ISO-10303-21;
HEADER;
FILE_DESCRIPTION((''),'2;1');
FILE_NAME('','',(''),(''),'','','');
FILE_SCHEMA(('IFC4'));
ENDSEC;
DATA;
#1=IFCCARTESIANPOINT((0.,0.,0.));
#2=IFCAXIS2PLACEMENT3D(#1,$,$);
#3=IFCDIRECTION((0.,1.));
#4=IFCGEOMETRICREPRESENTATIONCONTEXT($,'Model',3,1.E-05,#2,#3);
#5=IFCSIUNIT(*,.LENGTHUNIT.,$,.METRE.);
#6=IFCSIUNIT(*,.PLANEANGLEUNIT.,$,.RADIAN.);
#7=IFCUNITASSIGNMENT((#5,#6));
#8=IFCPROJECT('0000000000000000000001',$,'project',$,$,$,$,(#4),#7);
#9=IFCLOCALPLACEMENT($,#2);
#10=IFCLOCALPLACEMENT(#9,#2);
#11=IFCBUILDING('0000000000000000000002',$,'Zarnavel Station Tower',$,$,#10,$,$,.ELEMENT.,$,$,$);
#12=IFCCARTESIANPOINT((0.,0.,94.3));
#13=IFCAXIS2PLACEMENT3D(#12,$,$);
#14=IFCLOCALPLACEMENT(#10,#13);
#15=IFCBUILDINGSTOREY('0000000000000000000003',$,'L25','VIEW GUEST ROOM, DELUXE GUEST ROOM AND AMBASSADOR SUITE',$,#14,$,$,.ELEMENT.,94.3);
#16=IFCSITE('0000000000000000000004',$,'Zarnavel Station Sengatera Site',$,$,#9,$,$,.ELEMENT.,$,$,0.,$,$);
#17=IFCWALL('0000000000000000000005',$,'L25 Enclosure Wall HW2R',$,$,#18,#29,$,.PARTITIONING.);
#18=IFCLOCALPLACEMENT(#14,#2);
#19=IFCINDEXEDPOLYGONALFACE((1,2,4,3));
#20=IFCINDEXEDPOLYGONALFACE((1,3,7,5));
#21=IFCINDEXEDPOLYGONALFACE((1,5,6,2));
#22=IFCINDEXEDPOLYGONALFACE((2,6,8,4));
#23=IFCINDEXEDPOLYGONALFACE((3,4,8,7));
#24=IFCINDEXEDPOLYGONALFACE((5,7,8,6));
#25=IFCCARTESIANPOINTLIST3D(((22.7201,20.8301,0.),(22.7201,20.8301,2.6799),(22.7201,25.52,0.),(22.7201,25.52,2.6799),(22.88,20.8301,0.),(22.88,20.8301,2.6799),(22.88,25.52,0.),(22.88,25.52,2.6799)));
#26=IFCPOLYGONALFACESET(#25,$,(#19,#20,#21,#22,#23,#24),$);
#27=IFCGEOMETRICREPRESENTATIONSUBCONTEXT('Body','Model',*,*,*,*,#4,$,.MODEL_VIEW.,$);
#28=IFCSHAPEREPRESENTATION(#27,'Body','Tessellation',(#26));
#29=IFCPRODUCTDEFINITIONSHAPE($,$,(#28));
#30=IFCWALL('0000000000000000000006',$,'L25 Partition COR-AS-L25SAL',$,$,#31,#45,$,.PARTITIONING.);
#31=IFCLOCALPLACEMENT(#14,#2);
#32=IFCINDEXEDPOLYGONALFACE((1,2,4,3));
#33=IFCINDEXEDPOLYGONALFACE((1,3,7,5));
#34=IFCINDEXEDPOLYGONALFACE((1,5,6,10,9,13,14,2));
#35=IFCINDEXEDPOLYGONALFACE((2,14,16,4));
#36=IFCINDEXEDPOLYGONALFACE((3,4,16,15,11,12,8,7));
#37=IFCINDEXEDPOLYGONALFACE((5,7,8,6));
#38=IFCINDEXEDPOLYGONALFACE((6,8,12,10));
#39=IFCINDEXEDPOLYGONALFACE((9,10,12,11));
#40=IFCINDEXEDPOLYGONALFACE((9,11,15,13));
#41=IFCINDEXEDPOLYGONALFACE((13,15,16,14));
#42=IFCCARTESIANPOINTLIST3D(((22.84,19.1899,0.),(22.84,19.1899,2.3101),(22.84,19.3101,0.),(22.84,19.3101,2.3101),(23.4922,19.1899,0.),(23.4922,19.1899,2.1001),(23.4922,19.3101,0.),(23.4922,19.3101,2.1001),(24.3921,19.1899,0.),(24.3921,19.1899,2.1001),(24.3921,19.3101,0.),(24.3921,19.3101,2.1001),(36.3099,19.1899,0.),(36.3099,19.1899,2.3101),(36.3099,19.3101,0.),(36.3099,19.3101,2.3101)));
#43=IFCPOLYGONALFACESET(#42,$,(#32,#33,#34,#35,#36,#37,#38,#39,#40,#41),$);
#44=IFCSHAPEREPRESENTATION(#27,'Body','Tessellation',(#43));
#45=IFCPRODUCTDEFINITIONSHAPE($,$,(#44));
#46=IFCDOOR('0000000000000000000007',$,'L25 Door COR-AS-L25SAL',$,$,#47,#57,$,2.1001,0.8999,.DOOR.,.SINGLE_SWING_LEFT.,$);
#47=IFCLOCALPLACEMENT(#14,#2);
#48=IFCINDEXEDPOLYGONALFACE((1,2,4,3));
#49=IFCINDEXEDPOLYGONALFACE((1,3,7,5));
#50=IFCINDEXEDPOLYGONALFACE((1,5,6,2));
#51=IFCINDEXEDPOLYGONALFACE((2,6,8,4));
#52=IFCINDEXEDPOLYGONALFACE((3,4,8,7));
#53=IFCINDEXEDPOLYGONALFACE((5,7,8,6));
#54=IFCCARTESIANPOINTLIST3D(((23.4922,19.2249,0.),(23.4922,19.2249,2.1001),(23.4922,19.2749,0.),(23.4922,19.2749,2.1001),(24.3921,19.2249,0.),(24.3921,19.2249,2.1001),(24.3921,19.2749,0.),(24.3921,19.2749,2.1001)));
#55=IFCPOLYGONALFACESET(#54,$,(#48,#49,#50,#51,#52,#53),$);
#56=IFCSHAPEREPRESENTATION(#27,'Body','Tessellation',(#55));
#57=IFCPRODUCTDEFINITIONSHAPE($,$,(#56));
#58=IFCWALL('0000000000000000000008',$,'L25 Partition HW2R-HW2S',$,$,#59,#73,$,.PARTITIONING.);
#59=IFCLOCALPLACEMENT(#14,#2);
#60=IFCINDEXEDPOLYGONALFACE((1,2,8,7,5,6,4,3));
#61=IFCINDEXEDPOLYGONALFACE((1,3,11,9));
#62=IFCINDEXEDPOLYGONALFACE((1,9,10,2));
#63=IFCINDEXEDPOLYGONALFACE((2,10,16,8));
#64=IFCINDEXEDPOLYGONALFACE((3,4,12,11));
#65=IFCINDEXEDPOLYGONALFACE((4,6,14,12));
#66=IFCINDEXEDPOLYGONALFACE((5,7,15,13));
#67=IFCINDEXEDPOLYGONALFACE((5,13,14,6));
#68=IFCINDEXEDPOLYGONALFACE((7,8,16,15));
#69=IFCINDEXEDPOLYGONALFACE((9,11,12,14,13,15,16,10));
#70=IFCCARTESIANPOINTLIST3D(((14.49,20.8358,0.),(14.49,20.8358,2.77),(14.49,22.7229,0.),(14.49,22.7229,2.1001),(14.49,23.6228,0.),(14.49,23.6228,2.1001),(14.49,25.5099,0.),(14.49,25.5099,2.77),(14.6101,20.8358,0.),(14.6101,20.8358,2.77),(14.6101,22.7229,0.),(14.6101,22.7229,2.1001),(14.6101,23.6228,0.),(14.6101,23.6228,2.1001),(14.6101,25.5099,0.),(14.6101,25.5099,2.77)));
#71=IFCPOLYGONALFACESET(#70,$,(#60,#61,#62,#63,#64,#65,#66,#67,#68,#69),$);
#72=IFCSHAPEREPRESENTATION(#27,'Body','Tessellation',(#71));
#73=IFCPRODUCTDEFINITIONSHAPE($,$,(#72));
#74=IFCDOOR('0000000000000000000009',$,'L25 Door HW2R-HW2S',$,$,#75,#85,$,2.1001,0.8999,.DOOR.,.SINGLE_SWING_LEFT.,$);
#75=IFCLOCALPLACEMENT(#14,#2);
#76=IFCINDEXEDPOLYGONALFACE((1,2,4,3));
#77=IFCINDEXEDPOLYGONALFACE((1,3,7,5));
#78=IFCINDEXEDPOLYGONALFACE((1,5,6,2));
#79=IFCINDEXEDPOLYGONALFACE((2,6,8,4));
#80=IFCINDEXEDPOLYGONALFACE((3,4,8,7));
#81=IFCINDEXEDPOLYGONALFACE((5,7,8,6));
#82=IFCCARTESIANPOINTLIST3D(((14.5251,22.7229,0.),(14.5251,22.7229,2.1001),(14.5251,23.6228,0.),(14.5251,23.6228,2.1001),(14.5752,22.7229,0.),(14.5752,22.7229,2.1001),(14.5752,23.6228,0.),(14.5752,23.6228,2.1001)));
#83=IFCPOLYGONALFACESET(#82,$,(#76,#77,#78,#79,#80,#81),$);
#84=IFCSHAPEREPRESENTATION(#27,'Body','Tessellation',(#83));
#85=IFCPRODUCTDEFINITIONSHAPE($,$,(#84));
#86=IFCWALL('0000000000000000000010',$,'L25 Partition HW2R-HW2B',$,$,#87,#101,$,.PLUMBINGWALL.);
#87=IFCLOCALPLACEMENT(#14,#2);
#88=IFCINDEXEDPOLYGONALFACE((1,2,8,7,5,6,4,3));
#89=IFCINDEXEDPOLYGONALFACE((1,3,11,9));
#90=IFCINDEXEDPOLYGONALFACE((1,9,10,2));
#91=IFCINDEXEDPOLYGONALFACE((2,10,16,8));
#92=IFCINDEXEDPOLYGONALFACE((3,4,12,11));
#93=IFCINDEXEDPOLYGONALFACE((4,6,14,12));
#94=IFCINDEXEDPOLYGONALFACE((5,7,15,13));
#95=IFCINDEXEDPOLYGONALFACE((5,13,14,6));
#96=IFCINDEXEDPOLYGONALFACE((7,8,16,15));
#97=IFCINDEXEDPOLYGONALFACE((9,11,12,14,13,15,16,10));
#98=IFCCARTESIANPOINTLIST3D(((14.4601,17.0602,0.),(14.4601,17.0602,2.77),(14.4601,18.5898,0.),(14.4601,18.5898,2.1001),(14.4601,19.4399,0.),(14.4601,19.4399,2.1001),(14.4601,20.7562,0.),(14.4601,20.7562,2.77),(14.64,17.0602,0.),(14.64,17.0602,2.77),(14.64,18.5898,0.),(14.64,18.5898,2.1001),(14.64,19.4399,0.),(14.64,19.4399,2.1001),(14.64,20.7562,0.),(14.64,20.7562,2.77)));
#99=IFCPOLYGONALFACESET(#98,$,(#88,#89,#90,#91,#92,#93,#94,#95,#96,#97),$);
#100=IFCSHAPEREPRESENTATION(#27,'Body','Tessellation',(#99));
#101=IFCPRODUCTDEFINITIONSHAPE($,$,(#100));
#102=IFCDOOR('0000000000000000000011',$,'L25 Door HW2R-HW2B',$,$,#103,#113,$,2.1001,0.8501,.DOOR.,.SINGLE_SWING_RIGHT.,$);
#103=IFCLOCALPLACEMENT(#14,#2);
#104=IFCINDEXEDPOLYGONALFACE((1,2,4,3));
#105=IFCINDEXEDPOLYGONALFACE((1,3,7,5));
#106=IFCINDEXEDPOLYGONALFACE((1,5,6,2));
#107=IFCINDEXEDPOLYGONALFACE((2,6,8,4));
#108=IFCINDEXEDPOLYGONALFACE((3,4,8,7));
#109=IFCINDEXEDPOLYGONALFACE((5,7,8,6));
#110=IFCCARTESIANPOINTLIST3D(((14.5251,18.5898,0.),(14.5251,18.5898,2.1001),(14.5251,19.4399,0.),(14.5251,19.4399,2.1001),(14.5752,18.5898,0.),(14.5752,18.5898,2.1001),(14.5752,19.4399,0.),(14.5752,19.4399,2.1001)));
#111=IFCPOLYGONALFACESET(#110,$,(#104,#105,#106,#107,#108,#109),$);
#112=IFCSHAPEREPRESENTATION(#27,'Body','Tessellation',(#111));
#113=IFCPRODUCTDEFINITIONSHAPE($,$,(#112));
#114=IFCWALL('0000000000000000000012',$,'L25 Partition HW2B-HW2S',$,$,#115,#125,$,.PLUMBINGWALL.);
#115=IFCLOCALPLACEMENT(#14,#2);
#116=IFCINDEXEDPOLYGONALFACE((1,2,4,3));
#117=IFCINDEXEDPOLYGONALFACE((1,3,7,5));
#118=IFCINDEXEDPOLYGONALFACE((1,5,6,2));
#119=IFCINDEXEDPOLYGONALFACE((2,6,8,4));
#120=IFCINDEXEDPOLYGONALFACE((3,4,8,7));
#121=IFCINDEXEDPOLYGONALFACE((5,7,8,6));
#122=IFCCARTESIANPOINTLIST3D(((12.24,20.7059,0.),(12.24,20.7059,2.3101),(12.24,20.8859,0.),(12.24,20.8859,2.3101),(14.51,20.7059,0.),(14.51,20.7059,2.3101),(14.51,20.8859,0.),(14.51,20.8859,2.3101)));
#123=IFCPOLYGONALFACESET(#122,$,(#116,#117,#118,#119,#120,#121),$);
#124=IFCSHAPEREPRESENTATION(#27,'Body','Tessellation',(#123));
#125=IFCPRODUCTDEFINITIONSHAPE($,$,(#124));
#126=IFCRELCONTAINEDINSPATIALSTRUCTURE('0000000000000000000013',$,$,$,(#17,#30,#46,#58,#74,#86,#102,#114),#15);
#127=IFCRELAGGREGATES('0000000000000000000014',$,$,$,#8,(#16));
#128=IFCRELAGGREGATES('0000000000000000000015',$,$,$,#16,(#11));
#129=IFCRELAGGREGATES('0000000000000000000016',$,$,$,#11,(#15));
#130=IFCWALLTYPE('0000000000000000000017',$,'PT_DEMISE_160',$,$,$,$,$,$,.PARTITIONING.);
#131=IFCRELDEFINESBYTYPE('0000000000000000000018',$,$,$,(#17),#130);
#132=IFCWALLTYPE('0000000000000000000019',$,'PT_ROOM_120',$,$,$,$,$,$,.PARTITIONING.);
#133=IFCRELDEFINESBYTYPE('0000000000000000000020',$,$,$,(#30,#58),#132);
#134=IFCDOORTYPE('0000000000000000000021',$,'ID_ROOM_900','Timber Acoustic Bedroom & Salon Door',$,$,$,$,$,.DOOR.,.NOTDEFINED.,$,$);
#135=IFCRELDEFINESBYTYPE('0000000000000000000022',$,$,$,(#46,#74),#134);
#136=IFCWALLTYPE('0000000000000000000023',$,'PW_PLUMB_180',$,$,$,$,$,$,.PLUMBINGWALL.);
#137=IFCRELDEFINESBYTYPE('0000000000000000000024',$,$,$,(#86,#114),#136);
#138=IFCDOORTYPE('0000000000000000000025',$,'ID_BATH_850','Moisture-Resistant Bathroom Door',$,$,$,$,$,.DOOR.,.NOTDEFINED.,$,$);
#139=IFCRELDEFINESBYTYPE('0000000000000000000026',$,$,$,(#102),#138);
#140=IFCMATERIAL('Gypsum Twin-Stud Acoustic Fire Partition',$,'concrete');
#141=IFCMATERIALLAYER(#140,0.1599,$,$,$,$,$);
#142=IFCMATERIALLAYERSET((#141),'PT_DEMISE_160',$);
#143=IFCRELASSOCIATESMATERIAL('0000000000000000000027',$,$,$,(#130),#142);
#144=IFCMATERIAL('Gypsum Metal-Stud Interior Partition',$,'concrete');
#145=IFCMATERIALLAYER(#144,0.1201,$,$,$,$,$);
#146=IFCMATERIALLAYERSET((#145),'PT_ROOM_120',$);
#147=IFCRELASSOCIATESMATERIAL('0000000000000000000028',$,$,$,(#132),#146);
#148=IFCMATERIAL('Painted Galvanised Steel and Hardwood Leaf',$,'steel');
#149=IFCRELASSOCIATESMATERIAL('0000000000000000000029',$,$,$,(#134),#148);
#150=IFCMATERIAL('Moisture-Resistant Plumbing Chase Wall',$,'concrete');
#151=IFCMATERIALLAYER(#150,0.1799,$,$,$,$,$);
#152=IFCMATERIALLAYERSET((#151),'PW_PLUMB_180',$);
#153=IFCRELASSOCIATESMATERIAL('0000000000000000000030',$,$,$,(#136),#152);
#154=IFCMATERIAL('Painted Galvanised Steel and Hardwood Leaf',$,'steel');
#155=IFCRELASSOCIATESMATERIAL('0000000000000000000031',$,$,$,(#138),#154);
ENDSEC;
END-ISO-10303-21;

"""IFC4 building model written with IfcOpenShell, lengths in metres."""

from ifc_helpers import new_model, si_unit, direction, frame, frame_2d, origin, place, context, subcontext, project, spatial, rectangle, extrude, material, layer, layer_set, type_object, element, fill, save


model = new_model("IFC4")

# Units and contexts
model_context = context("Model", 3, precision=1e-05, world=origin(), true_north=direction((0.0, 1.0)))
body_context = subcontext(model_context, "Body", "Model", "MODEL_VIEW")
ifc_project = project(units=[si_unit("LENGTHUNIT", "METRE"), si_unit("PLANEANGLEUNIT", "RADIAN")], contexts=[model_context])

# Site, building, storey
site_placement = place(None, origin())
site = spatial("IfcSite", under=ifc_project, at=site_placement, Name="Zarnavel Station Sengatera Site", CompositionType="ELEMENT", RefElevation=0.0)
building_placement = place(site_placement, origin())
building = spatial("IfcBuilding", under=site, at=building_placement, Name="Zarnavel Station Tower", CompositionType="ELEMENT")
storey_placement = place(building_placement, frame((0.0, 0.0, 94.3)))
storey = spatial("IfcBuildingStorey", under=building, at=storey_placement, Name="L25", Description="VIEW GUEST ROOM, DELUXE GUEST ROOM AND AMBASSADOR SUITE", CompositionType="ELEMENT", Elevation=94.3)

# Shared definitions
ifc_material_1 = material(Name="Gypsum Twin-Stud Acoustic Fire Partition", Category="concrete")
ifc_layer_1 = layer(ifc_material_1, 0.1599)
ifc_layer_set_1 = layer_set([ifc_layer_1], Name="PT_DEMISE_160")
wall_type_1 = type_object("IfcWallType", Name="PT_DEMISE_160", PredefinedType="PARTITIONING", material=ifc_layer_set_1)

# Wall
wall_1_placement = place(storey_placement, frame((22.8, 20.8301, 0.0), z_axis=(0.0, 0.0, 1.0), x_axis=(0.0, 1.0, 0.0)))
element("IfcWall", 1, at=wall_1_placement, inside=storey, type_object=wall_type_1, Name="L25 Enclosure Wall HW2R", PredefinedType="PARTITIONING", context=body_context, shape_type="SweptSolid", body=[
    extrude(rectangle(XDim=4.6899, YDim=0.1599, at=frame_2d((2.345, 0.0))), origin(), (0.0, 0.0, 1.0), 2.6799),
])

# Walls, openings, doors
ifc_material_2 = material(Name="Gypsum Metal-Stud Interior Partition", Category="concrete")
ifc_layer_2 = layer(ifc_material_2, 0.1201)
ifc_layer_set_2 = layer_set([ifc_layer_2], Name="PT_ROOM_120")
wall_type_2 = type_object("IfcWallType", Name="PT_ROOM_120", PredefinedType="PARTITIONING", material=ifc_layer_set_2)
wall_2_placement = place(storey_placement, frame((22.8401, 19.25, 0.0), z_axis=(0.0, 0.0, 1.0), x_axis=(1.0, 0.0, 0.0)))
wall_2 = element("IfcWall", 2, at=wall_2_placement, inside=storey, type_object=wall_type_2, Name="L25 Partition COR-AS-L25SAL", PredefinedType="PARTITIONING", context=body_context, shape_type="SweptSolid", body=[
    extrude(rectangle(XDim=13.47, YDim=0.1201, at=frame_2d((6.7349, 0.0))), origin(), (0.0, 0.0, 1.0), 2.3101),
])
opening_1_placement = place(wall_2_placement, frame((0.6521, 0.0, 0.0)))
opening_1 = element("IfcOpeningElement", 3, at=opening_1_placement, cuts=wall_2, PredefinedType="OPENING", context=body_context, shape_type="SweptSolid", body=[
    extrude(rectangle(XDim=0.8999, YDim=2.1001, at=frame_2d((0.45, 1.05))), frame((0.0, 0.0701, 0.0), z_axis=(0.0, -1.0, 0.0), x_axis=(1.0, 0.0, 0.0)), (0.0, 0.0, 1.0), 0.1401),
])
ifc_material_3 = material(Name="Painted Galvanised Steel and Hardwood Leaf", Category="steel")
door_type_1 = type_object("IfcDoorType", Name="ID_ROOM_900", Description="Timber Acoustic Bedroom & Salon Door", OperationType="NOTDEFINED", PredefinedType="DOOR", material=ifc_material_3)
door_1_placement = place(opening_1_placement, origin())
door_1 = element("IfcDoor", 4, at=door_1_placement, inside=storey, type_object=door_type_1, Name="L25 Door COR-AS-L25SAL", OperationType="SINGLE_SWING_LEFT", OverallHeight=2.1001, OverallWidth=0.8999, PredefinedType="DOOR", context=body_context, shape_type="SweptSolid", body=[
    extrude(rectangle(XDim=0.8999, YDim=2.1001, at=frame_2d((0.45, 1.05))), frame((0.0, 0.0249, 0.0), z_axis=(0.0, -1.0, 0.0), x_axis=(1.0, 0.0, 0.0)), (0.0, 0.0, 1.0), 0.05),
])
fill(opening_1, door_1)
wall_3_placement = place(storey_placement, frame((14.55, 20.8359, 0.0), z_axis=(0.0, 0.0, 1.0), x_axis=(0.0, 1.0, 0.0)))
wall_3 = element("IfcWall", 5, at=wall_3_placement, inside=storey, type_object=wall_type_2, Name="L25 Partition HW2R-HW2S", PredefinedType="PARTITIONING", context=body_context, shape_type="SweptSolid", body=[
    extrude(rectangle(XDim=4.6741, YDim=0.1201, at=frame_2d((2.3369, 0.0))), origin(), (0.0, 0.0, 1.0), 2.77),
])
opening_2_placement = place(wall_3_placement, frame((1.887, 0.0, 0.0)))
opening_2 = element("IfcOpeningElement", 6, at=opening_2_placement, cuts=wall_3, PredefinedType="OPENING", context=body_context, shape_type="SweptSolid", body=[
    extrude(rectangle(XDim=0.8999, YDim=2.1001, at=frame_2d((0.45, 1.05))), frame((0.0, 0.0701, 0.0), z_axis=(0.0, -1.0, 0.0), x_axis=(1.0, 0.0, 0.0)), (0.0, 0.0, 1.0), 0.1401),
])
door_2_placement = place(opening_2_placement, origin())
door_2 = element("IfcDoor", 7, at=door_2_placement, inside=storey, type_object=door_type_1, Name="L25 Door HW2R-HW2S", OperationType="SINGLE_SWING_LEFT", OverallHeight=2.1001, OverallWidth=0.8999, PredefinedType="DOOR", context=body_context, shape_type="SweptSolid", body=[
    extrude(rectangle(XDim=0.8999, YDim=2.1001, at=frame_2d((0.45, 1.05))), frame((0.0, 0.0249, 0.0), z_axis=(0.0, -1.0, 0.0), x_axis=(1.0, 0.0, 0.0)), (0.0, 0.0, 1.0), 0.05),
])
fill(opening_2, door_2)
ifc_material_4 = material(Name="Moisture-Resistant Plumbing Chase Wall", Category="concrete")
ifc_layer_3 = layer(ifc_material_4, 0.1799)
ifc_layer_set_3 = layer_set([ifc_layer_3], Name="PW_PLUMB_180")
wall_type_3 = type_object("IfcWallType", Name="PW_PLUMB_180", PredefinedType="PLUMBINGWALL", material=ifc_layer_set_3)
wall_4_placement = place(storey_placement, frame((14.55, 17.0601, 0.0), z_axis=(0.0, 0.0, 1.0), x_axis=(0.0, 1.0, 0.0)))
wall_4 = element("IfcWall", 8, at=wall_4_placement, inside=storey, type_object=wall_type_3, Name="L25 Partition HW2R-HW2B", PredefinedType="PLUMBINGWALL", context=body_context, shape_type="SweptSolid", body=[
    extrude(rectangle(XDim=3.696, YDim=0.1799, at=frame_2d((1.8481, 0.0))), origin(), (0.0, 0.0, 1.0), 2.77),
])
opening_3_placement = place(wall_4_placement, frame((1.5298, 0.0, 0.0)))
opening_3 = element("IfcOpeningElement", 9, at=opening_3_placement, cuts=wall_4, PredefinedType="OPENING", context=body_context, shape_type="SweptSolid", body=[
    extrude(rectangle(XDim=0.8501, YDim=2.1001, at=frame_2d((0.425, 1.05))), frame((0.0, 0.0999, 0.0), z_axis=(0.0, -1.0, 0.0), x_axis=(1.0, 0.0, 0.0)), (0.0, 0.0, 1.0), 0.2),
])
ifc_material_5 = material(Name="Painted Galvanised Steel and Hardwood Leaf", Category="steel")
door_type_2 = type_object("IfcDoorType", Name="ID_BATH_850", Description="Moisture-Resistant Bathroom Door", OperationType="NOTDEFINED", PredefinedType="DOOR", material=ifc_material_5)
door_3_placement = place(opening_3_placement, origin())
door_3 = element("IfcDoor", 10, at=door_3_placement, inside=storey, type_object=door_type_2, Name="L25 Door HW2R-HW2B", OperationType="SINGLE_SWING_RIGHT", OverallHeight=2.1001, OverallWidth=0.8501, PredefinedType="DOOR", context=body_context, shape_type="SweptSolid", body=[
    extrude(rectangle(XDim=0.8501, YDim=2.1001, at=frame_2d((0.425, 1.05))), frame((0.0, 0.0249, 0.0), z_axis=(0.0, -1.0, 0.0), x_axis=(1.0, 0.0, 0.0)), (0.0, 0.0, 1.0), 0.05),
])
fill(opening_3, door_3)

# Wall
wall_5_placement = place(storey_placement, frame((12.24, 20.7959, 0.0), z_axis=(0.0, 0.0, 1.0), x_axis=(1.0, 0.0, 0.0)))
element("IfcWall", 11, at=wall_5_placement, inside=storey, type_object=wall_type_3, Name="L25 Partition HW2B-HW2S", PredefinedType="PLUMBINGWALL", context=body_context, shape_type="SweptSolid", body=[
    extrude(rectangle(XDim=2.27, YDim=0.1799, at=frame_2d((1.135, 0.0))), origin(), (0.0, 0.0, 1.0), 2.3101),
])

save(model, "model.ifc")
